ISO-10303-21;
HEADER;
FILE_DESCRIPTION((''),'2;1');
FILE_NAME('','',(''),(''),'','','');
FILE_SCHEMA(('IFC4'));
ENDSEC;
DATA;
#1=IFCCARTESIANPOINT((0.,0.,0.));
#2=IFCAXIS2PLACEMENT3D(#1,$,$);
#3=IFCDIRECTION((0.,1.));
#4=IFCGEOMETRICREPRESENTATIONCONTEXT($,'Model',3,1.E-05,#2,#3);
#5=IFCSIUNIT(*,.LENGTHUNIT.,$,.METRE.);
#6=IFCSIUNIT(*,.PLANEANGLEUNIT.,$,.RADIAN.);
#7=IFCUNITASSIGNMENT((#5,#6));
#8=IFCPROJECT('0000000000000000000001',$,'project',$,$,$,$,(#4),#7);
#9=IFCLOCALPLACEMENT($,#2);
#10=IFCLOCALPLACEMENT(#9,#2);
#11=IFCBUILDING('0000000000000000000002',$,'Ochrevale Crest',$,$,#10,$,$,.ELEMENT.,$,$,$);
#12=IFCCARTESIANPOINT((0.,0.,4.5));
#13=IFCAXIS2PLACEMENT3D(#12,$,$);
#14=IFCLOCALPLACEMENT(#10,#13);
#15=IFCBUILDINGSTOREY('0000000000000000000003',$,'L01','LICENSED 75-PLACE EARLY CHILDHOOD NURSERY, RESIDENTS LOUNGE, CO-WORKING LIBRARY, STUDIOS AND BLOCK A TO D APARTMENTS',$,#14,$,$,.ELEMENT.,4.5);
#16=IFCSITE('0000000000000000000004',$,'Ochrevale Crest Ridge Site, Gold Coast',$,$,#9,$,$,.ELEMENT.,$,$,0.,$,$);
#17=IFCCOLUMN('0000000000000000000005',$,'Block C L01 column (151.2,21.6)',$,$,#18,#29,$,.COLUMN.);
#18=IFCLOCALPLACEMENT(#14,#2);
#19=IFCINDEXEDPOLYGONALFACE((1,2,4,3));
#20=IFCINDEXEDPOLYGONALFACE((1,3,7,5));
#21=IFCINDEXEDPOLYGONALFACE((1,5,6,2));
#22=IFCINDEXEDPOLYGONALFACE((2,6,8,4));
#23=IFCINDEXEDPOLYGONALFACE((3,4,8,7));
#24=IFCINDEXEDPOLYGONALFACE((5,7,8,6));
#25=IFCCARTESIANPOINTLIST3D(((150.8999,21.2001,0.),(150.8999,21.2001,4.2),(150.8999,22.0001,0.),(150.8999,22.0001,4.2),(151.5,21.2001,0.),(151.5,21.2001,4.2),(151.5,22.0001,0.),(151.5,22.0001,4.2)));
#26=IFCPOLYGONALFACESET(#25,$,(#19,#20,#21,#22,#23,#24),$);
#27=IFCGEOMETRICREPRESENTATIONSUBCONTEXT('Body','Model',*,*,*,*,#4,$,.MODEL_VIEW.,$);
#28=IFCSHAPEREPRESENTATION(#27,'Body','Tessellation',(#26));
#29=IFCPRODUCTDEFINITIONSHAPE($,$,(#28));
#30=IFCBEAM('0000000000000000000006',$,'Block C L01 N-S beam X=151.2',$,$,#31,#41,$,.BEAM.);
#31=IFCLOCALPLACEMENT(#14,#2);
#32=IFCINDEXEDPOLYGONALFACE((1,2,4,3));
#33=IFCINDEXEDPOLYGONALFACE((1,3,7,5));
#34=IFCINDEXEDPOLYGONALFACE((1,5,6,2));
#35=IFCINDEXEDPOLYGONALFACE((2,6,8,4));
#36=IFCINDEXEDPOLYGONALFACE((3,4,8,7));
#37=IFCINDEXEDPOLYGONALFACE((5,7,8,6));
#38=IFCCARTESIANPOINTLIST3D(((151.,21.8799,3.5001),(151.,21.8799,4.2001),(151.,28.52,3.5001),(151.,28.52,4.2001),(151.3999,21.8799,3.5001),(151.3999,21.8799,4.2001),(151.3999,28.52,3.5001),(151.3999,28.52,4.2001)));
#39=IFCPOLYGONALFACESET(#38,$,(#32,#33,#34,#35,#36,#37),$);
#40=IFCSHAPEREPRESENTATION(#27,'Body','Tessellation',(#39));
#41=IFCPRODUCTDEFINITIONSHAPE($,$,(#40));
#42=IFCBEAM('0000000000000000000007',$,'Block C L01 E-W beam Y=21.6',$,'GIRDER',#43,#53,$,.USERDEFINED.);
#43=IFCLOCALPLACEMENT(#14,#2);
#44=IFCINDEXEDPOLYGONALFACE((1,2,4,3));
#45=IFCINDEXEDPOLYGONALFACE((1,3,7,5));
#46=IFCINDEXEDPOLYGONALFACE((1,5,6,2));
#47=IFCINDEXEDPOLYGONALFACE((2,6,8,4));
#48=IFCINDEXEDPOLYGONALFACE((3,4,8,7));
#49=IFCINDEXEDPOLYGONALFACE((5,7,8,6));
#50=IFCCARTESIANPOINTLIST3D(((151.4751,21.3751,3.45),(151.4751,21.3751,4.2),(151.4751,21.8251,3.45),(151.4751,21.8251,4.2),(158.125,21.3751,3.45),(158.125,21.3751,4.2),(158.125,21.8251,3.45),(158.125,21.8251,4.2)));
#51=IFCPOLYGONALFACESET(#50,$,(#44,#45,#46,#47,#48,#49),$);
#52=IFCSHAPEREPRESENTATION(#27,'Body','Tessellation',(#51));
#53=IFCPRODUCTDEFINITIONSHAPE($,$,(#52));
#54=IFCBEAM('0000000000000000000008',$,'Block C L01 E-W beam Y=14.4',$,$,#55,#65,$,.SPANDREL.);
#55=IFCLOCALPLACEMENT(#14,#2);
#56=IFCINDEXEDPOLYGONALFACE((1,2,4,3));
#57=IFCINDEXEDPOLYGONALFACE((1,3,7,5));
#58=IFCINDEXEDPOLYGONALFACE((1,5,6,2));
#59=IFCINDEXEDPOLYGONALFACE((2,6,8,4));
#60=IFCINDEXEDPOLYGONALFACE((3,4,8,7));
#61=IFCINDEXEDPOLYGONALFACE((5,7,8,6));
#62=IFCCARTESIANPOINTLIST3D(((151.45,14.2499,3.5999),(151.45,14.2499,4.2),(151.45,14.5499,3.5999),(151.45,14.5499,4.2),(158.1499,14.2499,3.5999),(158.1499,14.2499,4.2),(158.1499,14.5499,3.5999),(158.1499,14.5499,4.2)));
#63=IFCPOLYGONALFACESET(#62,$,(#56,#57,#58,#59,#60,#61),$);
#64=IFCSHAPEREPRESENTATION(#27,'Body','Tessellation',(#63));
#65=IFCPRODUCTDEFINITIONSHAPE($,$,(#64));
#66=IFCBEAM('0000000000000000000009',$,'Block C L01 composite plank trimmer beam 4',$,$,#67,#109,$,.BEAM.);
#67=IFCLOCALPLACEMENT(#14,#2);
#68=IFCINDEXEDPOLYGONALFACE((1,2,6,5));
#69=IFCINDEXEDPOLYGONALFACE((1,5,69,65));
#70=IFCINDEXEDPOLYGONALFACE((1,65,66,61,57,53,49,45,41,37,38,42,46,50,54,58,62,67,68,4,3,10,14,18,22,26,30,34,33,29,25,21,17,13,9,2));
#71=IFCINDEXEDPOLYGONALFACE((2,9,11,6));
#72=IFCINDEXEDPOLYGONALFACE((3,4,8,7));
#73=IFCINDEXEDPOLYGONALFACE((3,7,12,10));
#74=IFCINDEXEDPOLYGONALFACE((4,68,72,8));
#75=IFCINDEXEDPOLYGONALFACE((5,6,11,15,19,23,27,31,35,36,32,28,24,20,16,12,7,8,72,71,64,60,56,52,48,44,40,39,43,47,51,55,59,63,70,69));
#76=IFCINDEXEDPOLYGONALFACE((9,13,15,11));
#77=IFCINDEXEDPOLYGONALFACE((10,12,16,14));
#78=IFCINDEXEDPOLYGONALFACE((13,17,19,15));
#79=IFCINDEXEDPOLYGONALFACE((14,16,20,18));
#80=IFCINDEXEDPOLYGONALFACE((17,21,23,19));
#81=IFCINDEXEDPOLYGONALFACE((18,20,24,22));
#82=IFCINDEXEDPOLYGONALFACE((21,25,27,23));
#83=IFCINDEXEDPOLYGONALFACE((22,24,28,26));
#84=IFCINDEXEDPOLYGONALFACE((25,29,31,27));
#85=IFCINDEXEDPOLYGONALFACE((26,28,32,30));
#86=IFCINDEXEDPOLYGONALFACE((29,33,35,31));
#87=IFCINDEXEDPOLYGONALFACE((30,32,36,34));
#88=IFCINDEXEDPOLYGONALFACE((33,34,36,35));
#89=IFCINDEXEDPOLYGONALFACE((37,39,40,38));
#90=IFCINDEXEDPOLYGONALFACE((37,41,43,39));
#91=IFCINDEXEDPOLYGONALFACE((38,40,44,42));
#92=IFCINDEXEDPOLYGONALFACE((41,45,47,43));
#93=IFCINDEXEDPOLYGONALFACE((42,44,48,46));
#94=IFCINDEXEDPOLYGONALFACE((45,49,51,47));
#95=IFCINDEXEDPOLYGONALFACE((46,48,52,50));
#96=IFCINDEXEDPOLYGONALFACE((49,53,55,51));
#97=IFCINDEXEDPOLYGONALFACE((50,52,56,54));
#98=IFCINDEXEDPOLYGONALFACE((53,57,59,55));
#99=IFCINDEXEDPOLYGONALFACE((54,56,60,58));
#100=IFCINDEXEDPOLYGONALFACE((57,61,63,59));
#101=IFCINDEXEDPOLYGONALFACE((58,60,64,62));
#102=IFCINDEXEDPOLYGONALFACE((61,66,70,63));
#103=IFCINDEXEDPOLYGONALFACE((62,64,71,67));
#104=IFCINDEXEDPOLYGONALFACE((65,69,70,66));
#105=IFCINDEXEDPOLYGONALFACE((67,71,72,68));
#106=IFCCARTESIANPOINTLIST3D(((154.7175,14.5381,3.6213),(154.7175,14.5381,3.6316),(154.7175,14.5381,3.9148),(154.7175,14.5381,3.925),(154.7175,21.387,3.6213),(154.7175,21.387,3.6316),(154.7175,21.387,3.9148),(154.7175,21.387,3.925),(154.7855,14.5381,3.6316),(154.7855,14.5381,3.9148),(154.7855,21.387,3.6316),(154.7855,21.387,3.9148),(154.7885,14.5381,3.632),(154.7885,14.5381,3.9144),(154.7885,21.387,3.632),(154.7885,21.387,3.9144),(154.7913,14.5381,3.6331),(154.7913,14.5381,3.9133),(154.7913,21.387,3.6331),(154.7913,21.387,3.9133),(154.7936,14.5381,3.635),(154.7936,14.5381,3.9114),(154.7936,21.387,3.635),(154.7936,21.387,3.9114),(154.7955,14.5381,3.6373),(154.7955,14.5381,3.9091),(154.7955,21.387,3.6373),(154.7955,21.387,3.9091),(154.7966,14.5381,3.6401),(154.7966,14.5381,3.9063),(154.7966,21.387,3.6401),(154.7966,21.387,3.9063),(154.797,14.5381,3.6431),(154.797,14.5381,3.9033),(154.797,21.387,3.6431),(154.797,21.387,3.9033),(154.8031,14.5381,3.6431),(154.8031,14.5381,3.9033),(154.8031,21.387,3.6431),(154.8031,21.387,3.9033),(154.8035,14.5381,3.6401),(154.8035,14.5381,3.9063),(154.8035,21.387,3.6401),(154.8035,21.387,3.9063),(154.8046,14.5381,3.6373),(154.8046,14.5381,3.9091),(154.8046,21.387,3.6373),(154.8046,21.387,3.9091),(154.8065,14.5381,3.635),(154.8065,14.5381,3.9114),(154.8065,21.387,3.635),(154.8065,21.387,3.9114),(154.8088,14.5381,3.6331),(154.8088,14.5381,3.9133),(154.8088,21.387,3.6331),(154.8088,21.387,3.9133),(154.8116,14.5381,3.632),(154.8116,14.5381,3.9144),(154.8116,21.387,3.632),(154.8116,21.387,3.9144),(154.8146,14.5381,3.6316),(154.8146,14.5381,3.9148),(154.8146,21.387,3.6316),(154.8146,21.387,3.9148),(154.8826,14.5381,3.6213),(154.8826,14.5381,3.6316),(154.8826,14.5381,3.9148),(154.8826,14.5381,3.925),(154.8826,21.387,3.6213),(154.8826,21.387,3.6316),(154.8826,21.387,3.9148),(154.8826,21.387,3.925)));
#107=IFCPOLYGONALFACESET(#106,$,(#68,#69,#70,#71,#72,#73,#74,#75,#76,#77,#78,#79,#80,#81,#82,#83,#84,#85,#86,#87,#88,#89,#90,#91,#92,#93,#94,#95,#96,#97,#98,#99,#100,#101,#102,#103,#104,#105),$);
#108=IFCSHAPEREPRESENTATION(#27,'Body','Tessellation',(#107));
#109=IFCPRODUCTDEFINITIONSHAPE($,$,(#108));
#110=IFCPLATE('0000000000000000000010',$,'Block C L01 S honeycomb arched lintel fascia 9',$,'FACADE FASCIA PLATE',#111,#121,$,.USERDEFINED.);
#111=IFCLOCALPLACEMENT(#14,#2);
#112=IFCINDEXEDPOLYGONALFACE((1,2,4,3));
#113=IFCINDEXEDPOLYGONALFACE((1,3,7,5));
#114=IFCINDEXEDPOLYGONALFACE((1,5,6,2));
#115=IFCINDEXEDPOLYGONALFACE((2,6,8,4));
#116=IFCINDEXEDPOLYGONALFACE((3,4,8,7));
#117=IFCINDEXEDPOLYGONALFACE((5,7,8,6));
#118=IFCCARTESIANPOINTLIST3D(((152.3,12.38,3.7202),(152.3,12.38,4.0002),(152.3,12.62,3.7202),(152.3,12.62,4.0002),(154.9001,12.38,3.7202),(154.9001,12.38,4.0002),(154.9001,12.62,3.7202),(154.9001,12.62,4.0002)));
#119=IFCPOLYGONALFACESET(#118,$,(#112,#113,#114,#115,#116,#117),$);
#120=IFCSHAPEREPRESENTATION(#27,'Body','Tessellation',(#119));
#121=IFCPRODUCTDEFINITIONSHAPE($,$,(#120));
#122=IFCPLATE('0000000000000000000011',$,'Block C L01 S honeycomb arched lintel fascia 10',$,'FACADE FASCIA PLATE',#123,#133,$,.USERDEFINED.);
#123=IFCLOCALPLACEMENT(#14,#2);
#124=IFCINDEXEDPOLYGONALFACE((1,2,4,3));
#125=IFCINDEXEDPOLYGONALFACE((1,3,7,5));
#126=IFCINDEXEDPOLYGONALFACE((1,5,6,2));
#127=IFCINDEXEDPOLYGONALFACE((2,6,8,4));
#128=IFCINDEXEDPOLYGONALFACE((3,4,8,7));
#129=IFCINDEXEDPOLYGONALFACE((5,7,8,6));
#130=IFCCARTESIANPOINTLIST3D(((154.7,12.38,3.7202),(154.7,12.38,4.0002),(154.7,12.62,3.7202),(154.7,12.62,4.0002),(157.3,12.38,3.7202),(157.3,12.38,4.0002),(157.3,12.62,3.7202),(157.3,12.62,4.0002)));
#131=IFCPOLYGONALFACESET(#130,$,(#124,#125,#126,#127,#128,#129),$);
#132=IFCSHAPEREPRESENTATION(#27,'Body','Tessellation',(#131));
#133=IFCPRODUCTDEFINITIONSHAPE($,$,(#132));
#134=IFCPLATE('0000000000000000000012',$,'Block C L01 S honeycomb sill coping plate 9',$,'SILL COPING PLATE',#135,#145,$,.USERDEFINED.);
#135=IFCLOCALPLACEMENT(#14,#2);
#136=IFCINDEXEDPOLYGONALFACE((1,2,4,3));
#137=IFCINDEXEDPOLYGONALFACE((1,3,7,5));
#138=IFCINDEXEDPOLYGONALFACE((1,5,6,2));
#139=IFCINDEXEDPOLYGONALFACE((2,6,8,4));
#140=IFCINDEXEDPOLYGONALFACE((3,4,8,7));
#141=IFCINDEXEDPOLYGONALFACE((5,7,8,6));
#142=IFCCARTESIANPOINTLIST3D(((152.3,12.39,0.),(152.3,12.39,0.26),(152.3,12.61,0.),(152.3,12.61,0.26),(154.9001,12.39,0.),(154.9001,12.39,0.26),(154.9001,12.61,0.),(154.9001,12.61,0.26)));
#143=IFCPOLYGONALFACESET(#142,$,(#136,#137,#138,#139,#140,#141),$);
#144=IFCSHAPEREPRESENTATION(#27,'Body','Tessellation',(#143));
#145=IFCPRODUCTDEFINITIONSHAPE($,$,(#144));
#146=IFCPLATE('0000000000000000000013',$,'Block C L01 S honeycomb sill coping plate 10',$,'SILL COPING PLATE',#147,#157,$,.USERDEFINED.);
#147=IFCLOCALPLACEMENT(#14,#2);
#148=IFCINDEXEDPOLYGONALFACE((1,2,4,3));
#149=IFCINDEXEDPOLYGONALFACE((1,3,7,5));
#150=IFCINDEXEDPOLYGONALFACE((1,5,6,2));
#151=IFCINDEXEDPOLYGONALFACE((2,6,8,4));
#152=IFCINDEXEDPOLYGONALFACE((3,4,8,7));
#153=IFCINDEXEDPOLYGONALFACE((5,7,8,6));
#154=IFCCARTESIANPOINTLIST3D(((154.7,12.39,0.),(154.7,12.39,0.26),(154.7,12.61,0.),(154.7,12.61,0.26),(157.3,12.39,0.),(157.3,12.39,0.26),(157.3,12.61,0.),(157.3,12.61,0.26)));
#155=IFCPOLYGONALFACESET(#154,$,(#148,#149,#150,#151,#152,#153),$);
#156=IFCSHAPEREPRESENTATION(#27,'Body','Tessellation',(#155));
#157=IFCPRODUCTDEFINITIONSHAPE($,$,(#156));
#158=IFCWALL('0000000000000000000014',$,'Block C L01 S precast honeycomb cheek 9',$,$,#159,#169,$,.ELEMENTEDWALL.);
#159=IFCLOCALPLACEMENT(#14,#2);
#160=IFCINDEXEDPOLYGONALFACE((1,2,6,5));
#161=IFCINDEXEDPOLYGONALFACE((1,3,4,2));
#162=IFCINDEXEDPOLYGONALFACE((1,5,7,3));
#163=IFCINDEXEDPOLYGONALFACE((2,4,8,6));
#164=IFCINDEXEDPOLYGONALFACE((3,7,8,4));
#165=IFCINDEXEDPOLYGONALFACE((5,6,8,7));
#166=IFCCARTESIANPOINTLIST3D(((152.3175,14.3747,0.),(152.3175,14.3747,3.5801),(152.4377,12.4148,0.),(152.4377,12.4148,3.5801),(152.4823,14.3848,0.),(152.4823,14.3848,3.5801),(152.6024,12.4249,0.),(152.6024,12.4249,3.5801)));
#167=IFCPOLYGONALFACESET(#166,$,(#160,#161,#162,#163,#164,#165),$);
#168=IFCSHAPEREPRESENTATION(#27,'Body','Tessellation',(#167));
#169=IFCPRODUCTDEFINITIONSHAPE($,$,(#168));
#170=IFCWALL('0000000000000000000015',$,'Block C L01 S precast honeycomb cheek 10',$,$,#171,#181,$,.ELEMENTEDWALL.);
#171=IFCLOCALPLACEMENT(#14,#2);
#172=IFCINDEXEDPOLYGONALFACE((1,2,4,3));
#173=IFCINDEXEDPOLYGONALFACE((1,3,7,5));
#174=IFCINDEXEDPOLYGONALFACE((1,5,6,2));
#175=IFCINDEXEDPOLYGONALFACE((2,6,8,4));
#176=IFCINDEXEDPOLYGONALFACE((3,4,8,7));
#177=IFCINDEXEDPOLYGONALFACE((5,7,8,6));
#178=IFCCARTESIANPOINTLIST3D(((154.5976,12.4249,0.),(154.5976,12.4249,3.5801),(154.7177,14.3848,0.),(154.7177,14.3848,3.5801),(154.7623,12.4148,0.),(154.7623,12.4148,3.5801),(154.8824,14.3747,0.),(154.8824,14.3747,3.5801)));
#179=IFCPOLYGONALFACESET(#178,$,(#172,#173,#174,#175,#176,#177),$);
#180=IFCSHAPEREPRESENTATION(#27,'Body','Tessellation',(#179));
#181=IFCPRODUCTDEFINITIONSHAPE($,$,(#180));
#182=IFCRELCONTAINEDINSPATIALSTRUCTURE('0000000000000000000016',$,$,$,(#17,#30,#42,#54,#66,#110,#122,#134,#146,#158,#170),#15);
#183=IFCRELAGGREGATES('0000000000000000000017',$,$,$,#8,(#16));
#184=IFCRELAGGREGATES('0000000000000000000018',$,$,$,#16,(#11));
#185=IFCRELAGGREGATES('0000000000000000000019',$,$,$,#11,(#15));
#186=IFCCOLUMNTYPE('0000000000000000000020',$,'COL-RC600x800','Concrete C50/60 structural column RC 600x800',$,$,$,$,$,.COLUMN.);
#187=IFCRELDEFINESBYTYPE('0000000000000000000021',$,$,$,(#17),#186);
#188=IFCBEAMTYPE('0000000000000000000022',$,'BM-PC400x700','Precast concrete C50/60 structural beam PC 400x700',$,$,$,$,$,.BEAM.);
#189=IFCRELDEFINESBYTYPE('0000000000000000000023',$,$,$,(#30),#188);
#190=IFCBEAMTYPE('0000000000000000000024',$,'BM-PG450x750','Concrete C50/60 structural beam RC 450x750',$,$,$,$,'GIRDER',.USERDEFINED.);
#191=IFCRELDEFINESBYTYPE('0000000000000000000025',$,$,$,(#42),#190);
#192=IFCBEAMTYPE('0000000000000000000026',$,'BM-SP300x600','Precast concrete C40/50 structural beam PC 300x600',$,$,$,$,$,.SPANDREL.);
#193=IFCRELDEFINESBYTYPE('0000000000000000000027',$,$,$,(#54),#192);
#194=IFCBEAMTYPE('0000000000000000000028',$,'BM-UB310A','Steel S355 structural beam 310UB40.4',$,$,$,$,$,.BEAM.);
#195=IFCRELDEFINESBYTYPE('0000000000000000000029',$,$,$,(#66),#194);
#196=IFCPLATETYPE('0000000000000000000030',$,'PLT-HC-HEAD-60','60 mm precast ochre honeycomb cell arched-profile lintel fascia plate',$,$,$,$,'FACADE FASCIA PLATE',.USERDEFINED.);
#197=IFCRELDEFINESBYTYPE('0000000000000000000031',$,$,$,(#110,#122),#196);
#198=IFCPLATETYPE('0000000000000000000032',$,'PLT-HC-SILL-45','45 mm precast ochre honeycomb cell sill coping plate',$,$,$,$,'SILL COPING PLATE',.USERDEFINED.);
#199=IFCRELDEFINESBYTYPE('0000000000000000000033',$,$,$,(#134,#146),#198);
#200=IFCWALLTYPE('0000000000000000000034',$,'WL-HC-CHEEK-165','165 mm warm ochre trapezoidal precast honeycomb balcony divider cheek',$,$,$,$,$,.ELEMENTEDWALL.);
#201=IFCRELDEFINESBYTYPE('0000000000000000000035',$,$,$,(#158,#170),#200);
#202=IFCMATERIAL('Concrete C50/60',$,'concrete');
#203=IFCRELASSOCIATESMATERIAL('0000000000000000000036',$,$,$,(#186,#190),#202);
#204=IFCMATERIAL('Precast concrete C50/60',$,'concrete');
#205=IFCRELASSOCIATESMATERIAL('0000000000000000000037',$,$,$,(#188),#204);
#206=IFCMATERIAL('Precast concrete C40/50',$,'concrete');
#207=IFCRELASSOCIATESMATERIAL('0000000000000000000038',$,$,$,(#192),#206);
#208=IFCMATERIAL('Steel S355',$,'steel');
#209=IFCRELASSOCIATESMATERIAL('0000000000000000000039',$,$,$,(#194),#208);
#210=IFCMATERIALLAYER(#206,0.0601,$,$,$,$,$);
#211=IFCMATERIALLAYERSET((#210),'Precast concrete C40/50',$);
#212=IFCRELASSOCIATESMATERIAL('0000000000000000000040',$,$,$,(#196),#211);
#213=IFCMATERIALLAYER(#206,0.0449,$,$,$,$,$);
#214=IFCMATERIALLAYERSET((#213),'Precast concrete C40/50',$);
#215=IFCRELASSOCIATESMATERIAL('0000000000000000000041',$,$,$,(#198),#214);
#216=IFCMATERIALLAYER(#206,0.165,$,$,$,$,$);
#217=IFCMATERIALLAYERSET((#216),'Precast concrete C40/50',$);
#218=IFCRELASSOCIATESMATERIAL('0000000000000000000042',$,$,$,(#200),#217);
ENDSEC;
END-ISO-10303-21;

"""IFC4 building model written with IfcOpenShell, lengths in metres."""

from ifc_helpers import new_model, si_unit, direction, frame, frame_2d, origin, origin_2d, place, context, subcontext, project, spatial, rectangle, i_section, extrude, material, layer, layer_set, material_profile, profile_set, type_object, element, save


model = new_model("IFC4")

# Units and contexts
model_context = context("Model", 3, precision=1e-05, world=origin(), true_north=direction((0.0, 1.0)))
body_context = subcontext(model_context, "Body", "Model", "MODEL_VIEW")
ifc_project = project(units=[si_unit("LENGTHUNIT", "METRE"), si_unit("PLANEANGLEUNIT", "RADIAN")], contexts=[model_context])

# Site, building, storey
site_placement = place(None, origin())
site = spatial("IfcSite", under=ifc_project, at=site_placement, Name="Ochrevale Crest Ridge Site, Gold Coast", CompositionType="ELEMENT", RefElevation=0.0)
building_placement = place(site_placement, origin())
building = spatial("IfcBuilding", under=site, at=building_placement, Name="Ochrevale Crest", CompositionType="ELEMENT")
storey_placement = place(building_placement, frame((0.0, 0.0, 4.5)))
storey = spatial("IfcBuildingStorey", under=building, at=storey_placement, Name="L01", Description="LICENSED 75-PLACE EARLY CHILDHOOD NURSERY, RESIDENTS LOUNGE, CO-WORKING LIBRARY, STUDIOS AND BLOCK A TO D APARTMENTS", CompositionType="ELEMENT", Elevation=4.5)

# Column
ifc_material_1 = material(Name="Concrete C50/60", Category="concrete")
ifc_material_profile_1 = material_profile(ifc_material_1, rectangle(XDim=0.6001, YDim=0.8, at=origin_2d()), Name="RC 600x800")
ifc_profile_set_1 = profile_set([ifc_material_profile_1], Name="Concrete C50/60")
column_type = type_object("IfcColumnType", Name="COL-RC600x800", Description="Concrete C50/60 structural column RC 600x800", PredefinedType="COLUMN", material=ifc_profile_set_1)
column_placement = place(storey_placement, frame((151.2, 21.6001, 0.0), z_axis=(0.0, 0.0, 1.0), x_axis=(1.0, 0.0, 0.0)))
element("IfcColumn", 1, at=column_placement, inside=storey, type_object=column_type, Name="Block C L01 column (151.2,21.6)", PredefinedType="COLUMN", context=body_context, shape_type="SweptSolid", body=[
    extrude(rectangle(XDim=0.6001, YDim=0.8, at=origin_2d()), origin(), (0.0, 0.0, 1.0), 4.2),
])

# Beams
ifc_material_2 = material(Name="Precast concrete C50/60", Category="concrete")
ifc_material_profile_2 = material_profile(ifc_material_2, rectangle(XDim=0.3999, YDim=0.7, at=origin_2d()), Name="PC 400x700")
ifc_profile_set_2 = profile_set([ifc_material_profile_2], Name="Precast concrete C50/60")
beam_type_1 = type_object("IfcBeamType", Name="BM-PC400x700", Description="Precast concrete C50/60 structural beam PC 400x700", PredefinedType="BEAM", material=ifc_profile_set_2)
beam_1_placement = place(storey_placement, frame((151.2, 21.8799, 3.8501), z_axis=(0.0, 1.0, 0.0), x_axis=(-1.0, 0.0, 0.0)))
element("IfcBeam", 2, at=beam_1_placement, inside=storey, type_object=beam_type_1, Name="Block C L01 N-S beam X=151.2", PredefinedType="BEAM", context=body_context, shape_type="SweptSolid", body=[
    extrude(rectangle(XDim=0.3999, YDim=0.7, at=origin_2d()), origin(), (0.0, 0.0, 1.0), 6.6401),
])
ifc_material_profile_3 = material_profile(ifc_material_1, rectangle(XDim=0.45, YDim=0.75, at=origin_2d()), Name="RC 450x750")
ifc_profile_set_3 = profile_set([ifc_material_profile_3], Name="Concrete C50/60")
beam_type_2 = type_object("IfcBeamType", Name="BM-PG450x750", Description="Concrete C50/60 structural beam RC 450x750", ElementType="GIRDER", PredefinedType="USERDEFINED", material=ifc_profile_set_3)
beam_2_placement = place(storey_placement, frame((151.4751, 21.6001, 3.825), z_axis=(1.0, 0.0, 0.0), x_axis=(0.0, 1.0, 0.0)))
element("IfcBeam", 3, at=beam_2_placement, inside=storey, type_object=beam_type_2, Name="Block C L01 E-W beam Y=21.6", ObjectType="GIRDER", PredefinedType="USERDEFINED", context=body_context, shape_type="SweptSolid", body=[
    extrude(rectangle(XDim=0.45, YDim=0.75, at=origin_2d()), origin(), (0.0, 0.0, 1.0), 6.6499),
])
ifc_material_3 = material(Name="Precast concrete C40/50", Category="concrete")
ifc_material_profile_4 = material_profile(ifc_material_3, rectangle(XDim=0.3, YDim=0.6001, at=origin_2d()), Name="PC 300x600")
ifc_profile_set_4 = profile_set([ifc_material_profile_4], Name="Precast concrete C40/50")
beam_type_3 = type_object("IfcBeamType", Name="BM-SP300x600", Description="Precast concrete C40/50 structural beam PC 300x600", PredefinedType="SPANDREL", material=ifc_profile_set_4)
beam_3_placement = place(storey_placement, frame((151.45, 14.3999, 3.8999), z_axis=(1.0, 0.0, 0.0), x_axis=(0.0, 1.0, 0.0)))
element("IfcBeam", 4, at=beam_3_placement, inside=storey, type_object=beam_type_3, Name="Block C L01 E-W beam Y=14.4", PredefinedType="SPANDREL", context=body_context, shape_type="SweptSolid", body=[
    extrude(rectangle(XDim=0.3, YDim=0.6001, at=origin_2d()), origin(), (0.0, 0.0, 1.0), 6.7),
])
ifc_material_4 = material(Name="Steel S355", Category="steel")
ifc_material_profile_5 = material_profile(ifc_material_4, i_section(OverallWidth=0.165, OverallDepth=0.3037, WebThickness=0.0061, FlangeThickness=0.0103, FilletRadius=0.0115, at=origin_2d()), Name="310UB40.4")
ifc_profile_set_5 = profile_set([ifc_material_profile_5], Name="Steel S355")
beam_type_4 = type_object("IfcBeamType", Name="BM-UB310A", Description="Steel S355 structural beam 310UB40.4", PredefinedType="BEAM", material=ifc_profile_set_5)
beam_4_placement = place(storey_placement, frame((154.8, 14.5381, 3.7732), z_axis=(0.0, 1.0, 0.0), x_axis=(-1.0, 0.0, 0.0)))
element("IfcBeam", 5, at=beam_4_placement, inside=storey, type_object=beam_type_4, Name="Block C L01 composite plank trimmer beam 4", PredefinedType="BEAM", context=body_context, shape_type="SweptSolid", body=[
    extrude(i_section(OverallWidth=0.165, OverallDepth=0.3037, WebThickness=0.0061, FlangeThickness=0.0103, FilletRadius=0.0115, at=origin_2d()), origin(), (0.0, 0.0, 1.0), 6.8489),
])

# Plates
ifc_layer_1 = layer(ifc_material_3, 0.0601)
ifc_layer_set_1 = layer_set([ifc_layer_1], Name="Precast concrete C40/50")
plate_type_1 = type_object("IfcPlateType", Name="PLT-HC-HEAD-60", Description="60 mm precast ochre honeycomb cell arched-profile lintel fascia plate", ElementType="FACADE FASCIA PLATE", PredefinedType="USERDEFINED", material=ifc_layer_set_1)
for number, where, z_axis, x_axis, name in (
    (6, (153.6001, 12.5, 3.7202), (0.0, 0.0, 1.0), (1.0, 0.0, 0.0), "Block C L01 S honeycomb arched lintel fascia 9"),
    (7, (156.0, 12.5, 3.7202), (0.0, 0.0, 1.0), (1.0, 0.0, 0.0), "Block C L01 S honeycomb arched lintel fascia 10"),
):
    element("IfcPlate", number, at=place(storey_placement, frame(where, z_axis=z_axis, x_axis=x_axis)), inside=storey, type_object=plate_type_1, Name=name, ObjectType="FACADE FASCIA PLATE", PredefinedType="USERDEFINED", context=body_context, shape_type="SweptSolid", body=[
        extrude(rectangle(XDim=2.6001, YDim=0.24, at=origin_2d()), origin(), (0.0, 0.0, 1.0), 0.28),
    ])
ifc_layer_2 = layer(ifc_material_3, 0.0449)
ifc_layer_set_2 = layer_set([ifc_layer_2], Name="Precast concrete C40/50")
plate_type_2 = type_object("IfcPlateType", Name="PLT-HC-SILL-45", Description="45 mm precast ochre honeycomb cell sill coping plate", ElementType="SILL COPING PLATE", PredefinedType="USERDEFINED", material=ifc_layer_set_2)
for number, where, z_axis, x_axis, name in (
    (8, (153.6001, 12.5, 0.0), (0.0, 0.0, 1.0), (1.0, 0.0, 0.0), "Block C L01 S honeycomb sill coping plate 9"),
    (9, (156.0, 12.5, 0.0), (0.0, 0.0, 1.0), (1.0, 0.0, 0.0), "Block C L01 S honeycomb sill coping plate 10"),
):
    element("IfcPlate", number, at=place(storey_placement, frame(where, z_axis=z_axis, x_axis=x_axis)), inside=storey, type_object=plate_type_2, Name=name, ObjectType="SILL COPING PLATE", PredefinedType="USERDEFINED", context=body_context, shape_type="SweptSolid", body=[
        extrude(rectangle(XDim=2.6001, YDim=0.22, at=origin_2d()), origin(), (0.0, 0.0, 1.0), 0.26),
    ])

# Walls
ifc_layer_3 = layer(ifc_material_3, 0.165)
ifc_layer_set_3 = layer_set([ifc_layer_3], Name="Precast concrete C40/50")
wall_type_1 = type_object("IfcWallType", Name="WL-HC-CHEEK-165", Description="165 mm warm ochre trapezoidal precast honeycomb balcony divider cheek", PredefinedType="ELEMENTEDWALL", material=ifc_layer_set_3)
for number, where, z_axis, x_axis, name in (
    (10, (152.3999, 14.3799, 0.0), (0.0, 0.0, 1.0), (0.061171, -0.998127, 0.0), "Block C L01 S precast honeycomb cheek 9"),
    (11, (154.8, 14.3799, 0.0), (0.0, 0.0, 1.0), (-0.061171, -0.998127, 0.0), "Block C L01 S precast honeycomb cheek 10"),
):
    element("IfcWall", number, at=place(storey_placement, frame(where, z_axis=z_axis, x_axis=x_axis)), inside=storey, type_object=wall_type_1, Name=name, PredefinedType="ELEMENTEDWALL", context=body_context, shape_type="SweptSolid", body=[
        extrude(rectangle(XDim=1.9636, YDim=0.165, at=frame_2d((0.9819, 0.0))), origin(), (0.0, 0.0, 1.0), 3.5801),
    ])

save(model, "model.ifc")
